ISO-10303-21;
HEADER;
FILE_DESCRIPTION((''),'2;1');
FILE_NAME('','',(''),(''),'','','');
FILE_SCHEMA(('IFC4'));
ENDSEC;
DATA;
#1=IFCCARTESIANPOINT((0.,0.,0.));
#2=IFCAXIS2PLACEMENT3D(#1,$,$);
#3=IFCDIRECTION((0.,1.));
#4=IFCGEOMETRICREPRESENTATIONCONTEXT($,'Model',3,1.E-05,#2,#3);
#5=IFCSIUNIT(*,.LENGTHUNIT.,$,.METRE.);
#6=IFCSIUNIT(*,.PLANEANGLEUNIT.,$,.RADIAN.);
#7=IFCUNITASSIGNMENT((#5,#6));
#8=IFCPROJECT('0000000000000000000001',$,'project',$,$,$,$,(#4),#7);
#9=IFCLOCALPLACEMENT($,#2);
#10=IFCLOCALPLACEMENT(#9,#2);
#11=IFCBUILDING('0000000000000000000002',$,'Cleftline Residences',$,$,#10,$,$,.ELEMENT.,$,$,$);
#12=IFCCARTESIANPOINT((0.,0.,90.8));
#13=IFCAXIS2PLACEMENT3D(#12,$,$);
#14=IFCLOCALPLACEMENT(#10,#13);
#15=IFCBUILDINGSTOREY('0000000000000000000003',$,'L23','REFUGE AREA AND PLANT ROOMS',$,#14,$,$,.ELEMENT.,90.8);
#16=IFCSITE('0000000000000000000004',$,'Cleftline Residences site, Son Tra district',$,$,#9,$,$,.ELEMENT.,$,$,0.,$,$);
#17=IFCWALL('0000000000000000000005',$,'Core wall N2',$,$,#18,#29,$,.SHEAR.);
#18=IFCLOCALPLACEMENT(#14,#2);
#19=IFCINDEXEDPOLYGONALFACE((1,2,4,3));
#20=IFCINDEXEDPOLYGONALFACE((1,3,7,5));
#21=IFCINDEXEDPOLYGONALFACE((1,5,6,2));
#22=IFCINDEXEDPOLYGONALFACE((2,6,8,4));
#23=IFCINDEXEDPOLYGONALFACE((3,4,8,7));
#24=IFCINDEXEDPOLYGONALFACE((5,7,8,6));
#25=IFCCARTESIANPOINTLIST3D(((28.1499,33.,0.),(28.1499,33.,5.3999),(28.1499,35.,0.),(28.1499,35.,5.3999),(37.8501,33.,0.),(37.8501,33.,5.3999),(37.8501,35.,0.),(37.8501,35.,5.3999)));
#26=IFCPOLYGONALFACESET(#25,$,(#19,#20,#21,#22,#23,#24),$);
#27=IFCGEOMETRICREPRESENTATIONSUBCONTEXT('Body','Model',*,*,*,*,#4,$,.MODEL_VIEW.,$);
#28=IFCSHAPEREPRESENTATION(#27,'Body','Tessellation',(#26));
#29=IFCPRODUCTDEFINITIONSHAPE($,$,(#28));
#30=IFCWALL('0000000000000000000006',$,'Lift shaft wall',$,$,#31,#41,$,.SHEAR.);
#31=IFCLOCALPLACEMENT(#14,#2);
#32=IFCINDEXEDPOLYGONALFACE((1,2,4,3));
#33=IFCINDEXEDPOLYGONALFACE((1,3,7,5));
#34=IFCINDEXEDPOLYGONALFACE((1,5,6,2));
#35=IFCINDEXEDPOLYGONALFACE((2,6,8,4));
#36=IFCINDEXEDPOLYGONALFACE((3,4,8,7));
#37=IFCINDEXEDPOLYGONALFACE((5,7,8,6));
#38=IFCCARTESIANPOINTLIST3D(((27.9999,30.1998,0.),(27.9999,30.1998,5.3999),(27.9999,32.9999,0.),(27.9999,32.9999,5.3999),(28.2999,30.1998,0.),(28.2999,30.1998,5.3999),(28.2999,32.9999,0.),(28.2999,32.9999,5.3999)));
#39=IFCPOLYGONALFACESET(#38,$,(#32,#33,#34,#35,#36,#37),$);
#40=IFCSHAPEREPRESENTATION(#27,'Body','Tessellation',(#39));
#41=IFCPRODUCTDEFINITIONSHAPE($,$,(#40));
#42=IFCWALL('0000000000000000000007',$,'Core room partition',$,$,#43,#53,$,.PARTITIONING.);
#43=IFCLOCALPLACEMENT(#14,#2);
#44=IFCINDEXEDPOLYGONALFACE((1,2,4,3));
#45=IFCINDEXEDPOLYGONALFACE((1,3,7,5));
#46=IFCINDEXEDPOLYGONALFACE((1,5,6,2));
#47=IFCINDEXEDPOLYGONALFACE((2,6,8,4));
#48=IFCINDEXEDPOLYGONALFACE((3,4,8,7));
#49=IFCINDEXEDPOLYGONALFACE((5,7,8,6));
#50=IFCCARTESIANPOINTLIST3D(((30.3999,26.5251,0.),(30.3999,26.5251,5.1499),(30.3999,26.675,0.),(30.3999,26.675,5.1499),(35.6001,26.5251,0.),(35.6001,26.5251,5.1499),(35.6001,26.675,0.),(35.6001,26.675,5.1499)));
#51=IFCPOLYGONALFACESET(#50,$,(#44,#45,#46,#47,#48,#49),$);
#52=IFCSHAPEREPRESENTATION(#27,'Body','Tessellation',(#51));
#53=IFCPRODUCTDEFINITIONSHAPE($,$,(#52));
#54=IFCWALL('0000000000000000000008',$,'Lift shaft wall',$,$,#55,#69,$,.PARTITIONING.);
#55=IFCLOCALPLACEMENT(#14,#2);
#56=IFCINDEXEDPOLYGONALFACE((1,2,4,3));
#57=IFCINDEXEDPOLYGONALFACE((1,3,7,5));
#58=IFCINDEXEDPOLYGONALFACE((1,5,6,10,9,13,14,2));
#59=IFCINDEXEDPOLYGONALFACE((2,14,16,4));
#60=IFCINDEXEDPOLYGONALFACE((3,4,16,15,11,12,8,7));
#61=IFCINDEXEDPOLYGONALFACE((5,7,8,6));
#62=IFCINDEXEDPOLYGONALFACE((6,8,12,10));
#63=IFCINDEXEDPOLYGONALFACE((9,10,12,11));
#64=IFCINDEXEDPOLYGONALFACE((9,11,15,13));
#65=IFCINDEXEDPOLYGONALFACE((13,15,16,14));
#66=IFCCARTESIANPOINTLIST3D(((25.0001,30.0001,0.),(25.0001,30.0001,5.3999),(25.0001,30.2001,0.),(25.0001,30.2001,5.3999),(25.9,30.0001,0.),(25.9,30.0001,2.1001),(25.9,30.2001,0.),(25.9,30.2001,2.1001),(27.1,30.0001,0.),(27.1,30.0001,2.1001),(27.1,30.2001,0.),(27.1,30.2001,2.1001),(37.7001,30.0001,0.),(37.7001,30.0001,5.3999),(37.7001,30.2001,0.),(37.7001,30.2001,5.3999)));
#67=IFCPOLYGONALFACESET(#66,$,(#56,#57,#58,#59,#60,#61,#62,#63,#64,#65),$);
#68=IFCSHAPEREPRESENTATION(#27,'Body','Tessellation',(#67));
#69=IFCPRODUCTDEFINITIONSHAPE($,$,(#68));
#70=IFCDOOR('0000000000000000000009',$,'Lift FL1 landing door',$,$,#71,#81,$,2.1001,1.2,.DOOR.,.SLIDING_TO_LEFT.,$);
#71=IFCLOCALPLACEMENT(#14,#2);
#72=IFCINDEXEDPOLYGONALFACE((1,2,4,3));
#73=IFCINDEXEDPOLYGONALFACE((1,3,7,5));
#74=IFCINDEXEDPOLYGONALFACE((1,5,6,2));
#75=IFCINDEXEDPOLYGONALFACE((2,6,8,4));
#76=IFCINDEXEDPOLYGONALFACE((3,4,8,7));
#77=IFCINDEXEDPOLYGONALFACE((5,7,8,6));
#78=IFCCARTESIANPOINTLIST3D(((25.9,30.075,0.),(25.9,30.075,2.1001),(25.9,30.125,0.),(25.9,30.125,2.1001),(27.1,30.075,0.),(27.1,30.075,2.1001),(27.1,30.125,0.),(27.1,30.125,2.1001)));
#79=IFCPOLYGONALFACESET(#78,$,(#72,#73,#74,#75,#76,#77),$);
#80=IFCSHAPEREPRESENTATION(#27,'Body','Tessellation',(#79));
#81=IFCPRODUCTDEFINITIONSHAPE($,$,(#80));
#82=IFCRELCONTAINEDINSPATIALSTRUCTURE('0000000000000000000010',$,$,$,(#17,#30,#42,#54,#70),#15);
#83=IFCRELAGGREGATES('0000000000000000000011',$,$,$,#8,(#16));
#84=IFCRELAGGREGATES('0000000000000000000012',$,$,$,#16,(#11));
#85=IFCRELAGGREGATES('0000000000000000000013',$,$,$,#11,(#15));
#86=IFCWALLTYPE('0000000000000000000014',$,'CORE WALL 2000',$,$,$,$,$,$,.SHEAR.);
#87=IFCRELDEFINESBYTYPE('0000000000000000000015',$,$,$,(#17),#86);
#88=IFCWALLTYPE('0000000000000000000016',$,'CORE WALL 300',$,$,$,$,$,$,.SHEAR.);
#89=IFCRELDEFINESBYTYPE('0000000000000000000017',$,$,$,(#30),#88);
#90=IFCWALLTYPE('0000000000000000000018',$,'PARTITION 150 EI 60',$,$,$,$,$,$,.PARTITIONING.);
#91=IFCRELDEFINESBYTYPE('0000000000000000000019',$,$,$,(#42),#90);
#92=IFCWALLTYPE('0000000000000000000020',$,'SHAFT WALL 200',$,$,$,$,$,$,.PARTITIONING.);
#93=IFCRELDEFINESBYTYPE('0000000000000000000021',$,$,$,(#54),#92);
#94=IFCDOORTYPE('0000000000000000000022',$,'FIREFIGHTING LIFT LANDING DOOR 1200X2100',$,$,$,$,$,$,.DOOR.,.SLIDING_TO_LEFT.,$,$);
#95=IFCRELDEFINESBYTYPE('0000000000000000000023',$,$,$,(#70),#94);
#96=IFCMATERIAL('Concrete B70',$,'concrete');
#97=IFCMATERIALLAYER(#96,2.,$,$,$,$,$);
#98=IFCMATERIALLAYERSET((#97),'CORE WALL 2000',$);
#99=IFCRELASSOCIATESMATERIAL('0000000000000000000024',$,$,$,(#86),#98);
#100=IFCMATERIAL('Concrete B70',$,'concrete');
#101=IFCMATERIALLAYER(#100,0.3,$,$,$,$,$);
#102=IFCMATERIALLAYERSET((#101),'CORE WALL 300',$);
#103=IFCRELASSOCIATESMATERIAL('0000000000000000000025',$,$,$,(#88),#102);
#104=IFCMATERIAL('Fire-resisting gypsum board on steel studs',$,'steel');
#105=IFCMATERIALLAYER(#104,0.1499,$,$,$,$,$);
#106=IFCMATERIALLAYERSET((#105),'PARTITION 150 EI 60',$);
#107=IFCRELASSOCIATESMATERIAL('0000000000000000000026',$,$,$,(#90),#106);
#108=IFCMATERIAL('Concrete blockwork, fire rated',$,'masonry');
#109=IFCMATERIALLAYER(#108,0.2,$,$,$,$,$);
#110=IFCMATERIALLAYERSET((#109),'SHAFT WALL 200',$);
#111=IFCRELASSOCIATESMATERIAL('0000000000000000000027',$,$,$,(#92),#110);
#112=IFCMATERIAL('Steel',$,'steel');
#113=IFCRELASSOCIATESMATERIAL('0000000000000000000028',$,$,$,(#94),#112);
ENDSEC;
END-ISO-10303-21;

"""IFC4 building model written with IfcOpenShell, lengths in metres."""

from ifc_helpers import new_model, si_unit, direction, frame, frame_2d, origin, place, context, subcontext, project, spatial, rectangle, extrude, material, layer, layer_set, type_object, element, fill, save


model = new_model("IFC4")

# Units and contexts
model_context = context("Model", 3, precision=1e-05, world=origin(), true_north=direction((0.0, 1.0)))
body_context = subcontext(model_context, "Body", "Model", "MODEL_VIEW")
ifc_project = project(units=[si_unit("LENGTHUNIT", "METRE"), si_unit("PLANEANGLEUNIT", "RADIAN")], contexts=[model_context])

# Site, building, storey
site_placement = place(None, origin())
site = spatial("IfcSite", under=ifc_project, at=site_placement, Name="Cleftline Residences site, Son Tra district", CompositionType="ELEMENT", RefElevation=0.0)
building_placement = place(site_placement, origin())
building = spatial("IfcBuilding", under=site, at=building_placement, Name="Cleftline Residences", CompositionType="ELEMENT")
storey_placement = place(building_placement, frame((0.0, 0.0, 90.8)))
storey = spatial("IfcBuildingStorey", under=building, at=storey_placement, Name="L23", Description="REFUGE AREA AND PLANT ROOMS", CompositionType="ELEMENT", Elevation=90.8)

# Walls
ifc_material_1 = material(Name="Concrete B70", Category="concrete")
ifc_layer_1 = layer(ifc_material_1, 2.0)
ifc_layer_set_1 = layer_set([ifc_layer_1], Name="CORE WALL 2000")
wall_type_1 = type_object("IfcWallType", Name="CORE WALL 2000", PredefinedType="SHEAR", material=ifc_layer_set_1)
wall_1_placement = place(storey_placement, frame((28.1499, 34.0, 0.0), z_axis=(0.0, 0.0, 1.0), x_axis=(1.0, 0.0, 0.0)))
element("IfcWall", 1, at=wall_1_placement, inside=storey, type_object=wall_type_1, Name="Core wall N2", PredefinedType="SHEAR", context=body_context, shape_type="SweptSolid", body=[
    extrude(rectangle(XDim=9.7002, YDim=2.0, at=frame_2d((4.8501, 0.0))), origin(), (0.0, 0.0, 1.0), 5.3999),
])
ifc_material_2 = material(Name="Concrete B70", Category="concrete")
ifc_layer_2 = layer(ifc_material_2, 0.3)
ifc_layer_set_2 = layer_set([ifc_layer_2], Name="CORE WALL 300")
wall_type_2 = type_object("IfcWallType", Name="CORE WALL 300", PredefinedType="SHEAR", material=ifc_layer_set_2)
wall_2_placement = place(storey_placement, frame((28.1499, 30.2, 0.0), z_axis=(0.0, 0.0, 1.0), x_axis=(0.0, 1.0, 0.0)))
element("IfcWall", 2, at=wall_2_placement, inside=storey, type_object=wall_type_2, Name="Lift shaft wall", PredefinedType="SHEAR", context=body_context, shape_type="SweptSolid", body=[
    extrude(rectangle(XDim=2.8, YDim=0.3, at=frame_2d((1.3999, 0.0))), origin(), (0.0, 0.0, 1.0), 5.3999),
])

# Wall
ifc_material_3 = material(Name="Fire-resisting gypsum board on steel studs", Category="steel")
ifc_layer_3 = layer(ifc_material_3, 0.1499)
ifc_layer_set_3 = layer_set([ifc_layer_3], Name="PARTITION 150 EI 60")
wall_type_3 = type_object("IfcWallType", Name="PARTITION 150 EI 60", PredefinedType="PARTITIONING", material=ifc_layer_set_3)
wall_3_placement = place(storey_placement, frame((30.3999, 26.6001, 0.0), z_axis=(0.0, 0.0, 1.0), x_axis=(1.0, 0.0, 0.0)))
element("IfcWall", 3, at=wall_3_placement, inside=storey, type_object=wall_type_3, Name="Core room partition", PredefinedType="PARTITIONING", context=body_context, shape_type="SweptSolid", body=[
    extrude(rectangle(XDim=5.2002, YDim=0.1499, at=frame_2d((2.6001, 0.0))), origin(), (0.0, 0.0, 1.0), 5.1499),
])

# Wall, opening, door
ifc_material_4 = material(Name="Concrete blockwork, fire rated", Category="masonry")
ifc_layer_4 = layer(ifc_material_4, 0.2)
ifc_layer_set_4 = layer_set([ifc_layer_4], Name="SHAFT WALL 200")
wall_type_4 = type_object("IfcWallType", Name="SHAFT WALL 200", PredefinedType="PARTITIONING", material=ifc_layer_set_4)
wall_4_placement = place(storey_placement, frame((25.0, 30.1001, 0.0), z_axis=(0.0, 0.0, 1.0), x_axis=(1.0, 0.0, 0.0)))
wall_4 = element("IfcWall", 4, at=wall_4_placement, inside=storey, type_object=wall_type_4, Name="Lift shaft wall", PredefinedType="PARTITIONING", context=body_context, shape_type="SweptSolid", body=[
    extrude(rectangle(XDim=12.7, YDim=0.2, at=frame_2d((6.3501, 0.0))), origin(), (0.0, 0.0, 1.0), 5.3999),
])
opening_1_placement = place(wall_4_placement, frame((0.8999, 0.0, 0.0)))
opening_1 = element("IfcOpeningElement", 5, at=opening_1_placement, cuts=wall_4, PredefinedType="OPENING", context=body_context, shape_type="SweptSolid", body=[
    extrude(rectangle(XDim=1.2, YDim=2.1001, at=frame_2d((0.6001, 1.05))), frame((0.0, 0.1099, 0.0), z_axis=(0.0, -1.0, 0.0), x_axis=(1.0, 0.0, 0.0)), (0.0, 0.0, 1.0), 0.22),
])
ifc_material_5 = material(Name="Steel", Category="steel")
door_type_1 = type_object("IfcDoorType", Name="FIREFIGHTING LIFT LANDING DOOR 1200X2100", OperationType="SLIDING_TO_LEFT", PredefinedType="DOOR", material=ifc_material_5)
door_1_placement = place(opening_1_placement, origin())
door_1 = element("IfcDoor", 6, at=door_1_placement, inside=storey, type_object=door_type_1, Name="Lift FL1 landing door", OperationType="SLIDING_TO_LEFT", OverallHeight=2.1001, OverallWidth=1.2, PredefinedType="DOOR", context=body_context, shape_type="SweptSolid", body=[
    extrude(rectangle(XDim=1.2, YDim=2.1001, at=frame_2d((0.6001, 1.05))), frame((0.0, 0.0249, 0.0), z_axis=(0.0, -1.0, 0.0), x_axis=(1.0, 0.0, 0.0)), (0.0, 0.0, 1.0), 0.05),
])
fill(opening_1, door_1)

save(model, "model.ifc")
